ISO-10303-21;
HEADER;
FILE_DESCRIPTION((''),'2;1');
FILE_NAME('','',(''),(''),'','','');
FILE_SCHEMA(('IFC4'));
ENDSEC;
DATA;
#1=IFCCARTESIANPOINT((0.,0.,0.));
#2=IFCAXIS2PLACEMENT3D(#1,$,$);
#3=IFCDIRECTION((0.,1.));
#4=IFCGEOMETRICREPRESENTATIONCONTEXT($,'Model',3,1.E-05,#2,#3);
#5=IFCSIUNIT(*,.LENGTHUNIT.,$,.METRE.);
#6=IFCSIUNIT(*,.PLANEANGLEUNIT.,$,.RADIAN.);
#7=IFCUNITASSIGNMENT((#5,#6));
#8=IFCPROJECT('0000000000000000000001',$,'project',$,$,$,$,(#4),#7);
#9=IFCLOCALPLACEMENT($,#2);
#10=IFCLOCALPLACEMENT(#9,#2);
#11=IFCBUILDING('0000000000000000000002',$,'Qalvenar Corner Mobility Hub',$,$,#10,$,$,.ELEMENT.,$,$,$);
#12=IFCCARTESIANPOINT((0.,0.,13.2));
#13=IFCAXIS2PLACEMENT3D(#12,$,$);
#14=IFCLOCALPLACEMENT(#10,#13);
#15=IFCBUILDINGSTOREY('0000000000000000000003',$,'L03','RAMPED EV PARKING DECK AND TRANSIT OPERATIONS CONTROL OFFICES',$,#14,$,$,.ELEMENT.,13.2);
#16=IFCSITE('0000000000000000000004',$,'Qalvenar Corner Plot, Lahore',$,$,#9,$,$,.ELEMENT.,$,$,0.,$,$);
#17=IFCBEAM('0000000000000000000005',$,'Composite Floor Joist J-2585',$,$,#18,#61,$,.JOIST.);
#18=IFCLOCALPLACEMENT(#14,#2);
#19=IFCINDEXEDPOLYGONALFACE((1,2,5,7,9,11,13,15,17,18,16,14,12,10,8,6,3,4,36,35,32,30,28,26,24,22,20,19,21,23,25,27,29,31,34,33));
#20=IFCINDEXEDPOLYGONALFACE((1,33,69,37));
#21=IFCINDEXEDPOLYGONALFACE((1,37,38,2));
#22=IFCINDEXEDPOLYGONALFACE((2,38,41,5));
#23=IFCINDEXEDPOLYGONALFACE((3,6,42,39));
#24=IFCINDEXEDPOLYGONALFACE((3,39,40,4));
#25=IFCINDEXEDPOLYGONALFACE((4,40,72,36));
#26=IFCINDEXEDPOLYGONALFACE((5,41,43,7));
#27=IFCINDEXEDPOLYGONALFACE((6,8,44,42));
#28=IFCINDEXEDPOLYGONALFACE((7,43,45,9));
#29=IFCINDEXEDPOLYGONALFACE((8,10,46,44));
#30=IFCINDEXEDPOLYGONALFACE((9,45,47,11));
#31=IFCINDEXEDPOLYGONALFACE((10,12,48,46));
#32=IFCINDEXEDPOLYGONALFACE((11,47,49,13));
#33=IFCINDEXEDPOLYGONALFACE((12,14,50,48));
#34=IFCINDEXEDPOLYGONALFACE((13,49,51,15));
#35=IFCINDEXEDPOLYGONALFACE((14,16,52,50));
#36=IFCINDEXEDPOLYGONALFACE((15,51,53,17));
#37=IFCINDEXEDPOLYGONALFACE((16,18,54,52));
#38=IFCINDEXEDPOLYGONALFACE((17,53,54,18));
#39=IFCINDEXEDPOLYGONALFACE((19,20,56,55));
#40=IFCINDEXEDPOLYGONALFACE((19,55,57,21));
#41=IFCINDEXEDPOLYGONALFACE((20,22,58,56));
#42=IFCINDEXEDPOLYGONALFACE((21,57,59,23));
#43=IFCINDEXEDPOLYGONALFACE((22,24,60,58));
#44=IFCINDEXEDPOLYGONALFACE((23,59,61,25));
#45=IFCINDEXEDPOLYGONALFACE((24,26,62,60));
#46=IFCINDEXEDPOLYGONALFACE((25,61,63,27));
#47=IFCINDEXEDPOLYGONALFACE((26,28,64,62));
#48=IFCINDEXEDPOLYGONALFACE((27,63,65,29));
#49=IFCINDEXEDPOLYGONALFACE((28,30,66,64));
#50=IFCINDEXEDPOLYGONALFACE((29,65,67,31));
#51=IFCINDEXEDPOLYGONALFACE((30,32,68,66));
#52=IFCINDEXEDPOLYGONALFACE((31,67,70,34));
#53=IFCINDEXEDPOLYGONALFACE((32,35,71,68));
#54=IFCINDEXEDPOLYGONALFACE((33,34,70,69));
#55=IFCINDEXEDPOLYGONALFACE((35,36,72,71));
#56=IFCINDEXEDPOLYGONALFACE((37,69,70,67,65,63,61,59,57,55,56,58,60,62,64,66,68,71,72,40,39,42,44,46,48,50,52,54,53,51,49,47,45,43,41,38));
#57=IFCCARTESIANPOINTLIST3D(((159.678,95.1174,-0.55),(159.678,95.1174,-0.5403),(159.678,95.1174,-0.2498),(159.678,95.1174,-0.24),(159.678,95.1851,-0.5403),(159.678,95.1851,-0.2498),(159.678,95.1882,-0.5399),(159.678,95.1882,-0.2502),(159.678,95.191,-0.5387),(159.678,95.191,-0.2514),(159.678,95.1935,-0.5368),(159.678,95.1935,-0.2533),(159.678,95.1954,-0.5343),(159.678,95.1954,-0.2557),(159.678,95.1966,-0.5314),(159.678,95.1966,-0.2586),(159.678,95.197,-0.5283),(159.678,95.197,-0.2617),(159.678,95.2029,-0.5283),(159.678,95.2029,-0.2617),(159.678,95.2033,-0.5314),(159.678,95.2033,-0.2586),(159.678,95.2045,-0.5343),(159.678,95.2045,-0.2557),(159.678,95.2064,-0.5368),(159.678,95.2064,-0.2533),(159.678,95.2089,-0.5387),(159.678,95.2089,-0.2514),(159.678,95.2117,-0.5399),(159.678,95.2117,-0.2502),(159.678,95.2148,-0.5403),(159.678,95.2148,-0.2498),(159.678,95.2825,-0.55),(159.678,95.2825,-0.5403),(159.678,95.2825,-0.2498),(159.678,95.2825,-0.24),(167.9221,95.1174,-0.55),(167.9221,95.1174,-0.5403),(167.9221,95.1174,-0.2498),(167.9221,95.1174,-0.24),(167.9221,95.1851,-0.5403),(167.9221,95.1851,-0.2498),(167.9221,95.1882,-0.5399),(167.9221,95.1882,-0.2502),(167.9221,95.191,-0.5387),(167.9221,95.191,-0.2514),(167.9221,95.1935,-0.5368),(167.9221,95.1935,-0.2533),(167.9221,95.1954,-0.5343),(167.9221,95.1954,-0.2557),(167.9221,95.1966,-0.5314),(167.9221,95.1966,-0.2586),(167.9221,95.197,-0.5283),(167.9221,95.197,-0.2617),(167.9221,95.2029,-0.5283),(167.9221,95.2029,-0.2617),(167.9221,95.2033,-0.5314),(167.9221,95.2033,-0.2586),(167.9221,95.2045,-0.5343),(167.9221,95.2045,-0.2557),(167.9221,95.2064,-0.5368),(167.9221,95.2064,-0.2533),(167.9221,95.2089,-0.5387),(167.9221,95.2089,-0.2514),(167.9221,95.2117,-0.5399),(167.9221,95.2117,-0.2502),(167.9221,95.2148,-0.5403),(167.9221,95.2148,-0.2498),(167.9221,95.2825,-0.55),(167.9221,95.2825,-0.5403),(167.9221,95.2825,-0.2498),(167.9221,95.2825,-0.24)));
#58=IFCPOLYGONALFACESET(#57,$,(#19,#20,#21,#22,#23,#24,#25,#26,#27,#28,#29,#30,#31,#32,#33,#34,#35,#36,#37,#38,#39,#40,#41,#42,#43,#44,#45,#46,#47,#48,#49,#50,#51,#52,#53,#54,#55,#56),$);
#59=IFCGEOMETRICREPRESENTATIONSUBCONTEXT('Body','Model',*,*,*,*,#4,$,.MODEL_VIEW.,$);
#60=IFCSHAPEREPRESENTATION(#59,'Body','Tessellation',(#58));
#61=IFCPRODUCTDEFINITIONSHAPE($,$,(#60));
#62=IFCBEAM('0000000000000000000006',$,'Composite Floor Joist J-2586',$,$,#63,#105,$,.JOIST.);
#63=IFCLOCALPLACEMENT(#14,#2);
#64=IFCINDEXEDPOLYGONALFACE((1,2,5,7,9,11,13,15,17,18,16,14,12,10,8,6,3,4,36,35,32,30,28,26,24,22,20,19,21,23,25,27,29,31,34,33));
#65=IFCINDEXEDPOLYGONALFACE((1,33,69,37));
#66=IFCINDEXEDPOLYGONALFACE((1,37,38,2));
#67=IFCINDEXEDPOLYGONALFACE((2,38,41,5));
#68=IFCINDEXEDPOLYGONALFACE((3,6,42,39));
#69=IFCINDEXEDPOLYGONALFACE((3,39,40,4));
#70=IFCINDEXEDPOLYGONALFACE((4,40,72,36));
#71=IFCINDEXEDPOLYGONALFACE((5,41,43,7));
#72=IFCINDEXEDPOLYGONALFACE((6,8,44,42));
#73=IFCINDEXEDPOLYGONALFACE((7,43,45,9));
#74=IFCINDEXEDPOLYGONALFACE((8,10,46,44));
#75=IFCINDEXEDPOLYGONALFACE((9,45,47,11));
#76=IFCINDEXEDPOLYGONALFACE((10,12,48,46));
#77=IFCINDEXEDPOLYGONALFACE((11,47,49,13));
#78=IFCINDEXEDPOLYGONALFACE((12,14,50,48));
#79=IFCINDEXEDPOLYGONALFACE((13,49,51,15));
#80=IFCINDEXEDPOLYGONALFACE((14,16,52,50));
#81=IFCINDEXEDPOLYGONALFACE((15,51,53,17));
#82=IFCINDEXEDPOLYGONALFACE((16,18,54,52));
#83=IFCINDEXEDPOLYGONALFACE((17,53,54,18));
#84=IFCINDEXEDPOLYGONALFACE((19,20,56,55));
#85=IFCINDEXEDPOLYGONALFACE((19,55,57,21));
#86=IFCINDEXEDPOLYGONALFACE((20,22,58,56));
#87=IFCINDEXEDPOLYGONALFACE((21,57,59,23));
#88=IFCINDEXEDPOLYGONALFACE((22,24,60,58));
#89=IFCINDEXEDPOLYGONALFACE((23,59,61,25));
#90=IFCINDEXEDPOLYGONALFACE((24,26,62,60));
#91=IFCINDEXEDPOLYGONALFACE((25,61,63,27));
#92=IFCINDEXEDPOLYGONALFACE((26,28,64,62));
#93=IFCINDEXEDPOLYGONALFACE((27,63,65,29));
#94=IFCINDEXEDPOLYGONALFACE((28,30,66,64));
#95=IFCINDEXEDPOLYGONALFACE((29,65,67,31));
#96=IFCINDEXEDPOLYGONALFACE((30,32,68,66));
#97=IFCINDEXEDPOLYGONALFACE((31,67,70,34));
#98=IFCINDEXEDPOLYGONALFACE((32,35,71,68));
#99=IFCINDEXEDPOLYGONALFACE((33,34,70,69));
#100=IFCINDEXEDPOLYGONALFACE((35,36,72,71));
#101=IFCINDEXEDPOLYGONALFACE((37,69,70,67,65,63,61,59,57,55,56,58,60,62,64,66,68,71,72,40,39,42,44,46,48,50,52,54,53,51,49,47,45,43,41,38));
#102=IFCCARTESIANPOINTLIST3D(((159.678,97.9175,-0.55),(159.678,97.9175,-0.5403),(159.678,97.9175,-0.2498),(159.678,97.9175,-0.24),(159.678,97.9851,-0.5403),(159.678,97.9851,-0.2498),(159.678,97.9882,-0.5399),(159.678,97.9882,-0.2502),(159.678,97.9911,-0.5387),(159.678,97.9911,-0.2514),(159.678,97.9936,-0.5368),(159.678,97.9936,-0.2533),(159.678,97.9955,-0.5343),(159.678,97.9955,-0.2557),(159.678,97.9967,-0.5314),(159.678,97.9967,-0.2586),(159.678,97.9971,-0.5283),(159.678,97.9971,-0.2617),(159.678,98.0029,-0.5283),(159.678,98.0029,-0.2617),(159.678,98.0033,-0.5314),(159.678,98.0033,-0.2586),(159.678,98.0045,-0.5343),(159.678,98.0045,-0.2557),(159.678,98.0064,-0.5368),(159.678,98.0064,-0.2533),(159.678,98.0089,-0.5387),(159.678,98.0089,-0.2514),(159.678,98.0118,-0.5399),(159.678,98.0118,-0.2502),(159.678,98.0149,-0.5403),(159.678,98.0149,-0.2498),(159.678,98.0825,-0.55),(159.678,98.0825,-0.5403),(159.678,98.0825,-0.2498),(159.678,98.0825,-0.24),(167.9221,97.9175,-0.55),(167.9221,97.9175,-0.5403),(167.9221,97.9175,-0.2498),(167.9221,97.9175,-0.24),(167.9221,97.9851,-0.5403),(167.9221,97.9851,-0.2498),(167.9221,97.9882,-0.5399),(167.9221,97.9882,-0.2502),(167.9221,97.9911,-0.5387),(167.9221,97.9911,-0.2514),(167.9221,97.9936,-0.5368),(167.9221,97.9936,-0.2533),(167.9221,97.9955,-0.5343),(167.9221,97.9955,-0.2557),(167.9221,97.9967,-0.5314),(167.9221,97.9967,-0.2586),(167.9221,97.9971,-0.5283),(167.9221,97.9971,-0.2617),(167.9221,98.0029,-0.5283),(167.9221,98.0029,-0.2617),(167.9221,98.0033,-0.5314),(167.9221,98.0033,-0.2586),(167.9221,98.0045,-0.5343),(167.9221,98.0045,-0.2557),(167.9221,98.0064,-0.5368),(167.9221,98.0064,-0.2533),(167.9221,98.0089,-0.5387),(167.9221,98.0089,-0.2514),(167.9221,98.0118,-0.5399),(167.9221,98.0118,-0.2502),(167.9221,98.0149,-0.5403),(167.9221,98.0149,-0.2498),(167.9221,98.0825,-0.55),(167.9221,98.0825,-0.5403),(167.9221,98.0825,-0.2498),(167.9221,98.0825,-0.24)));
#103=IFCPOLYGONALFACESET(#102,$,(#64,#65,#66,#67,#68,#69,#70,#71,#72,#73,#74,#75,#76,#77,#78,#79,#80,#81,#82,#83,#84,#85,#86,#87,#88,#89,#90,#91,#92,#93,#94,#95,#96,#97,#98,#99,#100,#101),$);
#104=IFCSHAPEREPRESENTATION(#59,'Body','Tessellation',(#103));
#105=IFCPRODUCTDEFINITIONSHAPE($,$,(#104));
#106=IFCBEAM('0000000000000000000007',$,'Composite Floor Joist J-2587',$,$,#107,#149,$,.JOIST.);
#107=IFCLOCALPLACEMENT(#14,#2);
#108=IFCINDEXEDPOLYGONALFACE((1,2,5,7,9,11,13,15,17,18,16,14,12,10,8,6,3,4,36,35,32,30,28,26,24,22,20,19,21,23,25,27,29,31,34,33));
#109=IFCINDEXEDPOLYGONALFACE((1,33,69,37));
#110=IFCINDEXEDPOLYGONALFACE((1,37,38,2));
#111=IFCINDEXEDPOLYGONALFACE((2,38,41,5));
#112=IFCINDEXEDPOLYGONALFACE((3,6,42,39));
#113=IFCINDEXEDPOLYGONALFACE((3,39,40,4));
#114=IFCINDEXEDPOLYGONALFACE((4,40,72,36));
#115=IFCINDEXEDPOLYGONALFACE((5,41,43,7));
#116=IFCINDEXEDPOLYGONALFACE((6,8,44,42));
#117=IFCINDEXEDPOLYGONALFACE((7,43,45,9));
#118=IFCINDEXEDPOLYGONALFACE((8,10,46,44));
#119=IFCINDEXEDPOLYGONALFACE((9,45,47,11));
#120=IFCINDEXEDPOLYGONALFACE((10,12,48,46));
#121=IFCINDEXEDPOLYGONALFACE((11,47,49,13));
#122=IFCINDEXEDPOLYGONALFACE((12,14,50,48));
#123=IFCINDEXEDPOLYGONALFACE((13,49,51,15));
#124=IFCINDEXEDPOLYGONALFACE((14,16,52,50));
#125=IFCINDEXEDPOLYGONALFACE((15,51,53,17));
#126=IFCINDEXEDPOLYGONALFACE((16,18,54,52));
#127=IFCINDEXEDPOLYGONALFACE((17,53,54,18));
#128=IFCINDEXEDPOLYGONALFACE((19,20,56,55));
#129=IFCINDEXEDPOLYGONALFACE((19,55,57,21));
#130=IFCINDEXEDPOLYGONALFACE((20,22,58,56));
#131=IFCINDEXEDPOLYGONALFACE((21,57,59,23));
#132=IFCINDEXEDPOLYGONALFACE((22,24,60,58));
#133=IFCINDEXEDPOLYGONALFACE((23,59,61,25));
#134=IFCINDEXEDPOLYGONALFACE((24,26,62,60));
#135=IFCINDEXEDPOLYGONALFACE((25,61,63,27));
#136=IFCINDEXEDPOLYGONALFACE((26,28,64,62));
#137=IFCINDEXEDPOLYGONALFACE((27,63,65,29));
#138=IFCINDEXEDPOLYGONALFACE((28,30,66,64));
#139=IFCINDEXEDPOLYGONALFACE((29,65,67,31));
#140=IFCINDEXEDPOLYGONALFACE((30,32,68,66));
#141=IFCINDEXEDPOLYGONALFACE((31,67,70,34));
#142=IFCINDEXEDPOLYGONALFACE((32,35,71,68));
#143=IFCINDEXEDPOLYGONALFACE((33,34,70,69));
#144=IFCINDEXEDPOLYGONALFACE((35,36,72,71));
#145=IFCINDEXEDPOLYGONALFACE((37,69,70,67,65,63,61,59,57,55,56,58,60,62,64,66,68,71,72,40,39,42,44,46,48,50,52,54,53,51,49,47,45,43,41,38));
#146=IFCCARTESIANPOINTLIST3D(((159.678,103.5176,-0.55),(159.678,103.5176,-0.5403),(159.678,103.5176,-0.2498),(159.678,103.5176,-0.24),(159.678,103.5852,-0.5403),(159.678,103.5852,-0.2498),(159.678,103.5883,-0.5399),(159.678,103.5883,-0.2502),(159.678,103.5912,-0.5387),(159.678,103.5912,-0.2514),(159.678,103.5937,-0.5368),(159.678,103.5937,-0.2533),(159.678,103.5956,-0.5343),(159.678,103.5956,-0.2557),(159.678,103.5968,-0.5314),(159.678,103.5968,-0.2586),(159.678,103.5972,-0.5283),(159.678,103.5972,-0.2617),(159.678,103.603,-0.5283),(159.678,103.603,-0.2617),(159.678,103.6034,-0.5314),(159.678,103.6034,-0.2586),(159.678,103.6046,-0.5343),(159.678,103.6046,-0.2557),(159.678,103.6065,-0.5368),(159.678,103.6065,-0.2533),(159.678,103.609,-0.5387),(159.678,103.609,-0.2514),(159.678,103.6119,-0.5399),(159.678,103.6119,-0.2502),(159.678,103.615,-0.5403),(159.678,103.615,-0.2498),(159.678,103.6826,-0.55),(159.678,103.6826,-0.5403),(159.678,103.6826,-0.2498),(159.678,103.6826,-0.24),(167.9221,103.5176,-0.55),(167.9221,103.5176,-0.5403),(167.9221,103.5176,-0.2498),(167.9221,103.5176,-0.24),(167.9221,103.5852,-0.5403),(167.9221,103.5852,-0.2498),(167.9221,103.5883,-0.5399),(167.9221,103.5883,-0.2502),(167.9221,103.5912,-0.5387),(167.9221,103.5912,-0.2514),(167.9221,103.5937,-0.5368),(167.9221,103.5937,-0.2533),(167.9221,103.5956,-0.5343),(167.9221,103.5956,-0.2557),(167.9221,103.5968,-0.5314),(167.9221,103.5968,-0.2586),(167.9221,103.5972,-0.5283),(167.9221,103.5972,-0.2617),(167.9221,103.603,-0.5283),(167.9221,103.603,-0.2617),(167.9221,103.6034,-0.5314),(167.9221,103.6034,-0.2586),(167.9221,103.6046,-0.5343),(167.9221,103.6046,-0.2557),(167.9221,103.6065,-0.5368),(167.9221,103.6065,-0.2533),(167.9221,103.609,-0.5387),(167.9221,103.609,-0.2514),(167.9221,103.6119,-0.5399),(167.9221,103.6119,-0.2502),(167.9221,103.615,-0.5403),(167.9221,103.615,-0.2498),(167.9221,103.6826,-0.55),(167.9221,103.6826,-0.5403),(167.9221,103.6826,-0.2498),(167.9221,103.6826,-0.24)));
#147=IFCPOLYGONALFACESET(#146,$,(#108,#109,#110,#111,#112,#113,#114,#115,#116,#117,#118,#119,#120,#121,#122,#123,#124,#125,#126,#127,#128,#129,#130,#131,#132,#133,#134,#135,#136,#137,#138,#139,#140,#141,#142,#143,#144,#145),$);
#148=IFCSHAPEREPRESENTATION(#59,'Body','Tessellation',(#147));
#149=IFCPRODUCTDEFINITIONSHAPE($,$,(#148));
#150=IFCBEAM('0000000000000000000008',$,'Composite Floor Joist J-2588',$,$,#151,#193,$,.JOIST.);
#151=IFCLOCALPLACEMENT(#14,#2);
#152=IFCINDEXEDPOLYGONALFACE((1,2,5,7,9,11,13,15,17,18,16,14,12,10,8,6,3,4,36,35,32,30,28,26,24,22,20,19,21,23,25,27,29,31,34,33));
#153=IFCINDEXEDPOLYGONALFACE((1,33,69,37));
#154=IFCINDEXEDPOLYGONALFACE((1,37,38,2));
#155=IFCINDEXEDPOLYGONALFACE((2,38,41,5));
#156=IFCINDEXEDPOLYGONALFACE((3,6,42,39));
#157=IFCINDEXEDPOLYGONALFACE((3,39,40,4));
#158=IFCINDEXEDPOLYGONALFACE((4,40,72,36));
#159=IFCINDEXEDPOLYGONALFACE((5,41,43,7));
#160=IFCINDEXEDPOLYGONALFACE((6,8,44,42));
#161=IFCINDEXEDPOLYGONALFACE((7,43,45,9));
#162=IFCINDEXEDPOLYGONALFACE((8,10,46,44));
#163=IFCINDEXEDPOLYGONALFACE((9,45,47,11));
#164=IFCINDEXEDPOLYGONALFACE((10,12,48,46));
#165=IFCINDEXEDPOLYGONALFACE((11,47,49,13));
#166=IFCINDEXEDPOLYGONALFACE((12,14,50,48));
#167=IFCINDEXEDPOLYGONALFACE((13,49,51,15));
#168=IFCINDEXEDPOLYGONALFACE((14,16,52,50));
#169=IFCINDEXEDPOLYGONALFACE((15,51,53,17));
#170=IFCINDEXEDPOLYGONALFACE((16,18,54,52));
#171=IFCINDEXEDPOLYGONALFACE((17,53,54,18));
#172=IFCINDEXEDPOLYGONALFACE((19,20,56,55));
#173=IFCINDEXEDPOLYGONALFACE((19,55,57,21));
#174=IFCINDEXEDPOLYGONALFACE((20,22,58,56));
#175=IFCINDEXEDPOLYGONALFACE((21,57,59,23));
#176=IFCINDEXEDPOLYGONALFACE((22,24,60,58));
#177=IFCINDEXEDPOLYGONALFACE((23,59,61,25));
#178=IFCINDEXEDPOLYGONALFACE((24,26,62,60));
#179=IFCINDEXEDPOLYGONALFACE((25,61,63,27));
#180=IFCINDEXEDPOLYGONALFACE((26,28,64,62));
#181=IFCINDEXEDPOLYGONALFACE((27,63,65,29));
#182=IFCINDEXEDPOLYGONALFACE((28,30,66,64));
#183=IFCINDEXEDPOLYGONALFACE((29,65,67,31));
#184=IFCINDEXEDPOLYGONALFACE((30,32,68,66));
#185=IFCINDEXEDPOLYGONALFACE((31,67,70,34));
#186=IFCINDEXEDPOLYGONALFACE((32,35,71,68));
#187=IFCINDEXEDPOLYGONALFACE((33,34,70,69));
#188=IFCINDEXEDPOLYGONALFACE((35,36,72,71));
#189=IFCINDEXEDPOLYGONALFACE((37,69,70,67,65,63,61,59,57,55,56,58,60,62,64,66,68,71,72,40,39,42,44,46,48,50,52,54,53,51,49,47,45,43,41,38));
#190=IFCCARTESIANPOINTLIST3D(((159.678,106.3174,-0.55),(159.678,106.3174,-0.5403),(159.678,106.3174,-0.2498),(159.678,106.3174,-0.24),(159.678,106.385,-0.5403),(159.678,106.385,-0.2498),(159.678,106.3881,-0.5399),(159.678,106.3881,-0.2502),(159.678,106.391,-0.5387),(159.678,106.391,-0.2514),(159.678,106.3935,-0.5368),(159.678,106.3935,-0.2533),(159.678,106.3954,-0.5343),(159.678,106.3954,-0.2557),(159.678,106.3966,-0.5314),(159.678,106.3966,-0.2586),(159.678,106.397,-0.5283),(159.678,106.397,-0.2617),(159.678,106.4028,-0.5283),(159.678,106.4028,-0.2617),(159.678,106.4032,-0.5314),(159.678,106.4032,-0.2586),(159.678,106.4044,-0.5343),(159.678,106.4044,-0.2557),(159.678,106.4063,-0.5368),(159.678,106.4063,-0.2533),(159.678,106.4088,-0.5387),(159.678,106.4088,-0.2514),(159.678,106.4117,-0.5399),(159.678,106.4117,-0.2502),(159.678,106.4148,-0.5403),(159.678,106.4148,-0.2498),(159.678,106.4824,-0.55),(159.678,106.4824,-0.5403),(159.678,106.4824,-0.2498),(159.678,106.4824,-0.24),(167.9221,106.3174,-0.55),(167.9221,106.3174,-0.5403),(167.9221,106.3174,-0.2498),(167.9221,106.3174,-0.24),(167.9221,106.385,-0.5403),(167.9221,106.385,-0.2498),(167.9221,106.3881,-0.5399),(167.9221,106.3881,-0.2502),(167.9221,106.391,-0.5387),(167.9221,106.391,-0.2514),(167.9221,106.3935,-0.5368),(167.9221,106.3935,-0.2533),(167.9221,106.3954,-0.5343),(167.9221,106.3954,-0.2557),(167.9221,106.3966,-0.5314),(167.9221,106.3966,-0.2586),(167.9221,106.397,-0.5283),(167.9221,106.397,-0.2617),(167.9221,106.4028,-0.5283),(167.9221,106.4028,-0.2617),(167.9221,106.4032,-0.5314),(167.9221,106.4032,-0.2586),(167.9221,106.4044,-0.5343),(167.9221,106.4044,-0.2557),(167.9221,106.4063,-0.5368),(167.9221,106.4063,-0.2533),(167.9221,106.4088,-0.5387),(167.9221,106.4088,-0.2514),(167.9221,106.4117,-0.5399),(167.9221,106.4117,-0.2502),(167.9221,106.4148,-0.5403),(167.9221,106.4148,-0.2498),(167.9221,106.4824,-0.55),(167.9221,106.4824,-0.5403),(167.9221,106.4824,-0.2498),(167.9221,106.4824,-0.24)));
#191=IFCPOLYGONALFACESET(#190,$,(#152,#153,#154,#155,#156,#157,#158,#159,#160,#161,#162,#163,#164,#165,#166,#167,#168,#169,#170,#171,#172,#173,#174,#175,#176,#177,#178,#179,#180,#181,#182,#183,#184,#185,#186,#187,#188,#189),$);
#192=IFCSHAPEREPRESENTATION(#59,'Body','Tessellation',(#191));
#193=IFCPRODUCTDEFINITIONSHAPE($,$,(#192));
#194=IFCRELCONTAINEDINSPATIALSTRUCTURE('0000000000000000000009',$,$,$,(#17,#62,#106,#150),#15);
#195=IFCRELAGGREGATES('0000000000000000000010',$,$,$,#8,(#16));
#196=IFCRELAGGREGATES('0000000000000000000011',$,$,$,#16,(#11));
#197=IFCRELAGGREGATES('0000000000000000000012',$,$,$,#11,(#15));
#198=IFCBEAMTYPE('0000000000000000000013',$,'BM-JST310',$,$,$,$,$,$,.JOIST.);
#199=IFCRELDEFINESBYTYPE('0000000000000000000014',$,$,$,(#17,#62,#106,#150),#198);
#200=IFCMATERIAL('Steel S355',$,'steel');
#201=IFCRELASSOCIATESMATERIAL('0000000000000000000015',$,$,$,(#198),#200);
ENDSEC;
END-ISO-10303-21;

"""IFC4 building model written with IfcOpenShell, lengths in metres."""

from ifc_helpers import new_model, si_unit, direction, frame, origin, origin_2d, place, context, subcontext, project, spatial, i_section, extrude, material, material_profile, profile_set, type_object, element, save


model = new_model("IFC4")

# Units and contexts
model_context = context("Model", 3, precision=1e-05, world=origin(), true_north=direction((0.0, 1.0)))
body_context = subcontext(model_context, "Body", "Model", "MODEL_VIEW")
ifc_project = project(units=[si_unit("LENGTHUNIT", "METRE"), si_unit("PLANEANGLEUNIT", "RADIAN")], contexts=[model_context])

# Site, building, storey
site_placement = place(None, origin())
site = spatial("IfcSite", under=ifc_project, at=site_placement, Name="Qalvenar Corner Plot, Lahore", CompositionType="ELEMENT", RefElevation=0.0)
building_placement = place(site_placement, origin())
building = spatial("IfcBuilding", under=site, at=building_placement, Name="Qalvenar Corner Mobility Hub", CompositionType="ELEMENT")
storey_placement = place(building_placement, frame((0.0, 0.0, 13.2)))
storey = spatial("IfcBuildingStorey", under=building, at=storey_placement, Name="L03", Description="RAMPED EV PARKING DECK AND TRANSIT OPERATIONS CONTROL OFFICES", CompositionType="ELEMENT", Elevation=13.2)

# Shared definitions
ifc_material_1 = material(Name="Steel S355", Category="steel")

# Beams
ifc_material_profile_1 = material_profile(ifc_material_1, i_section(OverallWidth=0.165, OverallDepth=0.3101, WebThickness=0.0059, FlangeThickness=0.0098, FilletRadius=0.012, at=origin_2d()), Name="W310x38.7")
ifc_profile_set_1 = profile_set([ifc_material_profile_1], Name="Steel S355")
beam_type_1 = type_object("IfcBeamType", Name="BM-JST310", PredefinedType="JOIST", material=ifc_profile_set_1)
for number, where, z_axis, x_axis, name in (
    (1, (159.678, 95.2, -0.395), (1.0, 0.0, 0.0), (0.0, 1.0, 0.0), "Composite Floor Joist J-2585"),
    (2, (159.678, 98.0, -0.395), (1.0, 0.0, 0.0), (0.0, 1.0, 0.0), "Composite Floor Joist J-2586"),
    (3, (159.678, 103.6001, -0.395), (1.0, 0.0, 0.0), (0.0, 1.0, 0.0), "Composite Floor Joist J-2587"),
    (4, (159.678, 106.3999, -0.395), (1.0, 0.0, 0.0), (0.0, 1.0, 0.0), "Composite Floor Joist J-2588"),
):
    element("IfcBeam", number, at=place(storey_placement, frame(where, z_axis=z_axis, x_axis=x_axis)), inside=storey, type_object=beam_type_1, Name=name, PredefinedType="JOIST", context=body_context, shape_type="SweptSolid", body=[
        extrude(i_section(OverallWidth=0.165, OverallDepth=0.3101, WebThickness=0.0059, FlangeThickness=0.0098, FilletRadius=0.012, at=origin_2d()), origin(), (0.0, 0.0, 1.0), 8.2441),
    ])

save(model, "model.ifc")
